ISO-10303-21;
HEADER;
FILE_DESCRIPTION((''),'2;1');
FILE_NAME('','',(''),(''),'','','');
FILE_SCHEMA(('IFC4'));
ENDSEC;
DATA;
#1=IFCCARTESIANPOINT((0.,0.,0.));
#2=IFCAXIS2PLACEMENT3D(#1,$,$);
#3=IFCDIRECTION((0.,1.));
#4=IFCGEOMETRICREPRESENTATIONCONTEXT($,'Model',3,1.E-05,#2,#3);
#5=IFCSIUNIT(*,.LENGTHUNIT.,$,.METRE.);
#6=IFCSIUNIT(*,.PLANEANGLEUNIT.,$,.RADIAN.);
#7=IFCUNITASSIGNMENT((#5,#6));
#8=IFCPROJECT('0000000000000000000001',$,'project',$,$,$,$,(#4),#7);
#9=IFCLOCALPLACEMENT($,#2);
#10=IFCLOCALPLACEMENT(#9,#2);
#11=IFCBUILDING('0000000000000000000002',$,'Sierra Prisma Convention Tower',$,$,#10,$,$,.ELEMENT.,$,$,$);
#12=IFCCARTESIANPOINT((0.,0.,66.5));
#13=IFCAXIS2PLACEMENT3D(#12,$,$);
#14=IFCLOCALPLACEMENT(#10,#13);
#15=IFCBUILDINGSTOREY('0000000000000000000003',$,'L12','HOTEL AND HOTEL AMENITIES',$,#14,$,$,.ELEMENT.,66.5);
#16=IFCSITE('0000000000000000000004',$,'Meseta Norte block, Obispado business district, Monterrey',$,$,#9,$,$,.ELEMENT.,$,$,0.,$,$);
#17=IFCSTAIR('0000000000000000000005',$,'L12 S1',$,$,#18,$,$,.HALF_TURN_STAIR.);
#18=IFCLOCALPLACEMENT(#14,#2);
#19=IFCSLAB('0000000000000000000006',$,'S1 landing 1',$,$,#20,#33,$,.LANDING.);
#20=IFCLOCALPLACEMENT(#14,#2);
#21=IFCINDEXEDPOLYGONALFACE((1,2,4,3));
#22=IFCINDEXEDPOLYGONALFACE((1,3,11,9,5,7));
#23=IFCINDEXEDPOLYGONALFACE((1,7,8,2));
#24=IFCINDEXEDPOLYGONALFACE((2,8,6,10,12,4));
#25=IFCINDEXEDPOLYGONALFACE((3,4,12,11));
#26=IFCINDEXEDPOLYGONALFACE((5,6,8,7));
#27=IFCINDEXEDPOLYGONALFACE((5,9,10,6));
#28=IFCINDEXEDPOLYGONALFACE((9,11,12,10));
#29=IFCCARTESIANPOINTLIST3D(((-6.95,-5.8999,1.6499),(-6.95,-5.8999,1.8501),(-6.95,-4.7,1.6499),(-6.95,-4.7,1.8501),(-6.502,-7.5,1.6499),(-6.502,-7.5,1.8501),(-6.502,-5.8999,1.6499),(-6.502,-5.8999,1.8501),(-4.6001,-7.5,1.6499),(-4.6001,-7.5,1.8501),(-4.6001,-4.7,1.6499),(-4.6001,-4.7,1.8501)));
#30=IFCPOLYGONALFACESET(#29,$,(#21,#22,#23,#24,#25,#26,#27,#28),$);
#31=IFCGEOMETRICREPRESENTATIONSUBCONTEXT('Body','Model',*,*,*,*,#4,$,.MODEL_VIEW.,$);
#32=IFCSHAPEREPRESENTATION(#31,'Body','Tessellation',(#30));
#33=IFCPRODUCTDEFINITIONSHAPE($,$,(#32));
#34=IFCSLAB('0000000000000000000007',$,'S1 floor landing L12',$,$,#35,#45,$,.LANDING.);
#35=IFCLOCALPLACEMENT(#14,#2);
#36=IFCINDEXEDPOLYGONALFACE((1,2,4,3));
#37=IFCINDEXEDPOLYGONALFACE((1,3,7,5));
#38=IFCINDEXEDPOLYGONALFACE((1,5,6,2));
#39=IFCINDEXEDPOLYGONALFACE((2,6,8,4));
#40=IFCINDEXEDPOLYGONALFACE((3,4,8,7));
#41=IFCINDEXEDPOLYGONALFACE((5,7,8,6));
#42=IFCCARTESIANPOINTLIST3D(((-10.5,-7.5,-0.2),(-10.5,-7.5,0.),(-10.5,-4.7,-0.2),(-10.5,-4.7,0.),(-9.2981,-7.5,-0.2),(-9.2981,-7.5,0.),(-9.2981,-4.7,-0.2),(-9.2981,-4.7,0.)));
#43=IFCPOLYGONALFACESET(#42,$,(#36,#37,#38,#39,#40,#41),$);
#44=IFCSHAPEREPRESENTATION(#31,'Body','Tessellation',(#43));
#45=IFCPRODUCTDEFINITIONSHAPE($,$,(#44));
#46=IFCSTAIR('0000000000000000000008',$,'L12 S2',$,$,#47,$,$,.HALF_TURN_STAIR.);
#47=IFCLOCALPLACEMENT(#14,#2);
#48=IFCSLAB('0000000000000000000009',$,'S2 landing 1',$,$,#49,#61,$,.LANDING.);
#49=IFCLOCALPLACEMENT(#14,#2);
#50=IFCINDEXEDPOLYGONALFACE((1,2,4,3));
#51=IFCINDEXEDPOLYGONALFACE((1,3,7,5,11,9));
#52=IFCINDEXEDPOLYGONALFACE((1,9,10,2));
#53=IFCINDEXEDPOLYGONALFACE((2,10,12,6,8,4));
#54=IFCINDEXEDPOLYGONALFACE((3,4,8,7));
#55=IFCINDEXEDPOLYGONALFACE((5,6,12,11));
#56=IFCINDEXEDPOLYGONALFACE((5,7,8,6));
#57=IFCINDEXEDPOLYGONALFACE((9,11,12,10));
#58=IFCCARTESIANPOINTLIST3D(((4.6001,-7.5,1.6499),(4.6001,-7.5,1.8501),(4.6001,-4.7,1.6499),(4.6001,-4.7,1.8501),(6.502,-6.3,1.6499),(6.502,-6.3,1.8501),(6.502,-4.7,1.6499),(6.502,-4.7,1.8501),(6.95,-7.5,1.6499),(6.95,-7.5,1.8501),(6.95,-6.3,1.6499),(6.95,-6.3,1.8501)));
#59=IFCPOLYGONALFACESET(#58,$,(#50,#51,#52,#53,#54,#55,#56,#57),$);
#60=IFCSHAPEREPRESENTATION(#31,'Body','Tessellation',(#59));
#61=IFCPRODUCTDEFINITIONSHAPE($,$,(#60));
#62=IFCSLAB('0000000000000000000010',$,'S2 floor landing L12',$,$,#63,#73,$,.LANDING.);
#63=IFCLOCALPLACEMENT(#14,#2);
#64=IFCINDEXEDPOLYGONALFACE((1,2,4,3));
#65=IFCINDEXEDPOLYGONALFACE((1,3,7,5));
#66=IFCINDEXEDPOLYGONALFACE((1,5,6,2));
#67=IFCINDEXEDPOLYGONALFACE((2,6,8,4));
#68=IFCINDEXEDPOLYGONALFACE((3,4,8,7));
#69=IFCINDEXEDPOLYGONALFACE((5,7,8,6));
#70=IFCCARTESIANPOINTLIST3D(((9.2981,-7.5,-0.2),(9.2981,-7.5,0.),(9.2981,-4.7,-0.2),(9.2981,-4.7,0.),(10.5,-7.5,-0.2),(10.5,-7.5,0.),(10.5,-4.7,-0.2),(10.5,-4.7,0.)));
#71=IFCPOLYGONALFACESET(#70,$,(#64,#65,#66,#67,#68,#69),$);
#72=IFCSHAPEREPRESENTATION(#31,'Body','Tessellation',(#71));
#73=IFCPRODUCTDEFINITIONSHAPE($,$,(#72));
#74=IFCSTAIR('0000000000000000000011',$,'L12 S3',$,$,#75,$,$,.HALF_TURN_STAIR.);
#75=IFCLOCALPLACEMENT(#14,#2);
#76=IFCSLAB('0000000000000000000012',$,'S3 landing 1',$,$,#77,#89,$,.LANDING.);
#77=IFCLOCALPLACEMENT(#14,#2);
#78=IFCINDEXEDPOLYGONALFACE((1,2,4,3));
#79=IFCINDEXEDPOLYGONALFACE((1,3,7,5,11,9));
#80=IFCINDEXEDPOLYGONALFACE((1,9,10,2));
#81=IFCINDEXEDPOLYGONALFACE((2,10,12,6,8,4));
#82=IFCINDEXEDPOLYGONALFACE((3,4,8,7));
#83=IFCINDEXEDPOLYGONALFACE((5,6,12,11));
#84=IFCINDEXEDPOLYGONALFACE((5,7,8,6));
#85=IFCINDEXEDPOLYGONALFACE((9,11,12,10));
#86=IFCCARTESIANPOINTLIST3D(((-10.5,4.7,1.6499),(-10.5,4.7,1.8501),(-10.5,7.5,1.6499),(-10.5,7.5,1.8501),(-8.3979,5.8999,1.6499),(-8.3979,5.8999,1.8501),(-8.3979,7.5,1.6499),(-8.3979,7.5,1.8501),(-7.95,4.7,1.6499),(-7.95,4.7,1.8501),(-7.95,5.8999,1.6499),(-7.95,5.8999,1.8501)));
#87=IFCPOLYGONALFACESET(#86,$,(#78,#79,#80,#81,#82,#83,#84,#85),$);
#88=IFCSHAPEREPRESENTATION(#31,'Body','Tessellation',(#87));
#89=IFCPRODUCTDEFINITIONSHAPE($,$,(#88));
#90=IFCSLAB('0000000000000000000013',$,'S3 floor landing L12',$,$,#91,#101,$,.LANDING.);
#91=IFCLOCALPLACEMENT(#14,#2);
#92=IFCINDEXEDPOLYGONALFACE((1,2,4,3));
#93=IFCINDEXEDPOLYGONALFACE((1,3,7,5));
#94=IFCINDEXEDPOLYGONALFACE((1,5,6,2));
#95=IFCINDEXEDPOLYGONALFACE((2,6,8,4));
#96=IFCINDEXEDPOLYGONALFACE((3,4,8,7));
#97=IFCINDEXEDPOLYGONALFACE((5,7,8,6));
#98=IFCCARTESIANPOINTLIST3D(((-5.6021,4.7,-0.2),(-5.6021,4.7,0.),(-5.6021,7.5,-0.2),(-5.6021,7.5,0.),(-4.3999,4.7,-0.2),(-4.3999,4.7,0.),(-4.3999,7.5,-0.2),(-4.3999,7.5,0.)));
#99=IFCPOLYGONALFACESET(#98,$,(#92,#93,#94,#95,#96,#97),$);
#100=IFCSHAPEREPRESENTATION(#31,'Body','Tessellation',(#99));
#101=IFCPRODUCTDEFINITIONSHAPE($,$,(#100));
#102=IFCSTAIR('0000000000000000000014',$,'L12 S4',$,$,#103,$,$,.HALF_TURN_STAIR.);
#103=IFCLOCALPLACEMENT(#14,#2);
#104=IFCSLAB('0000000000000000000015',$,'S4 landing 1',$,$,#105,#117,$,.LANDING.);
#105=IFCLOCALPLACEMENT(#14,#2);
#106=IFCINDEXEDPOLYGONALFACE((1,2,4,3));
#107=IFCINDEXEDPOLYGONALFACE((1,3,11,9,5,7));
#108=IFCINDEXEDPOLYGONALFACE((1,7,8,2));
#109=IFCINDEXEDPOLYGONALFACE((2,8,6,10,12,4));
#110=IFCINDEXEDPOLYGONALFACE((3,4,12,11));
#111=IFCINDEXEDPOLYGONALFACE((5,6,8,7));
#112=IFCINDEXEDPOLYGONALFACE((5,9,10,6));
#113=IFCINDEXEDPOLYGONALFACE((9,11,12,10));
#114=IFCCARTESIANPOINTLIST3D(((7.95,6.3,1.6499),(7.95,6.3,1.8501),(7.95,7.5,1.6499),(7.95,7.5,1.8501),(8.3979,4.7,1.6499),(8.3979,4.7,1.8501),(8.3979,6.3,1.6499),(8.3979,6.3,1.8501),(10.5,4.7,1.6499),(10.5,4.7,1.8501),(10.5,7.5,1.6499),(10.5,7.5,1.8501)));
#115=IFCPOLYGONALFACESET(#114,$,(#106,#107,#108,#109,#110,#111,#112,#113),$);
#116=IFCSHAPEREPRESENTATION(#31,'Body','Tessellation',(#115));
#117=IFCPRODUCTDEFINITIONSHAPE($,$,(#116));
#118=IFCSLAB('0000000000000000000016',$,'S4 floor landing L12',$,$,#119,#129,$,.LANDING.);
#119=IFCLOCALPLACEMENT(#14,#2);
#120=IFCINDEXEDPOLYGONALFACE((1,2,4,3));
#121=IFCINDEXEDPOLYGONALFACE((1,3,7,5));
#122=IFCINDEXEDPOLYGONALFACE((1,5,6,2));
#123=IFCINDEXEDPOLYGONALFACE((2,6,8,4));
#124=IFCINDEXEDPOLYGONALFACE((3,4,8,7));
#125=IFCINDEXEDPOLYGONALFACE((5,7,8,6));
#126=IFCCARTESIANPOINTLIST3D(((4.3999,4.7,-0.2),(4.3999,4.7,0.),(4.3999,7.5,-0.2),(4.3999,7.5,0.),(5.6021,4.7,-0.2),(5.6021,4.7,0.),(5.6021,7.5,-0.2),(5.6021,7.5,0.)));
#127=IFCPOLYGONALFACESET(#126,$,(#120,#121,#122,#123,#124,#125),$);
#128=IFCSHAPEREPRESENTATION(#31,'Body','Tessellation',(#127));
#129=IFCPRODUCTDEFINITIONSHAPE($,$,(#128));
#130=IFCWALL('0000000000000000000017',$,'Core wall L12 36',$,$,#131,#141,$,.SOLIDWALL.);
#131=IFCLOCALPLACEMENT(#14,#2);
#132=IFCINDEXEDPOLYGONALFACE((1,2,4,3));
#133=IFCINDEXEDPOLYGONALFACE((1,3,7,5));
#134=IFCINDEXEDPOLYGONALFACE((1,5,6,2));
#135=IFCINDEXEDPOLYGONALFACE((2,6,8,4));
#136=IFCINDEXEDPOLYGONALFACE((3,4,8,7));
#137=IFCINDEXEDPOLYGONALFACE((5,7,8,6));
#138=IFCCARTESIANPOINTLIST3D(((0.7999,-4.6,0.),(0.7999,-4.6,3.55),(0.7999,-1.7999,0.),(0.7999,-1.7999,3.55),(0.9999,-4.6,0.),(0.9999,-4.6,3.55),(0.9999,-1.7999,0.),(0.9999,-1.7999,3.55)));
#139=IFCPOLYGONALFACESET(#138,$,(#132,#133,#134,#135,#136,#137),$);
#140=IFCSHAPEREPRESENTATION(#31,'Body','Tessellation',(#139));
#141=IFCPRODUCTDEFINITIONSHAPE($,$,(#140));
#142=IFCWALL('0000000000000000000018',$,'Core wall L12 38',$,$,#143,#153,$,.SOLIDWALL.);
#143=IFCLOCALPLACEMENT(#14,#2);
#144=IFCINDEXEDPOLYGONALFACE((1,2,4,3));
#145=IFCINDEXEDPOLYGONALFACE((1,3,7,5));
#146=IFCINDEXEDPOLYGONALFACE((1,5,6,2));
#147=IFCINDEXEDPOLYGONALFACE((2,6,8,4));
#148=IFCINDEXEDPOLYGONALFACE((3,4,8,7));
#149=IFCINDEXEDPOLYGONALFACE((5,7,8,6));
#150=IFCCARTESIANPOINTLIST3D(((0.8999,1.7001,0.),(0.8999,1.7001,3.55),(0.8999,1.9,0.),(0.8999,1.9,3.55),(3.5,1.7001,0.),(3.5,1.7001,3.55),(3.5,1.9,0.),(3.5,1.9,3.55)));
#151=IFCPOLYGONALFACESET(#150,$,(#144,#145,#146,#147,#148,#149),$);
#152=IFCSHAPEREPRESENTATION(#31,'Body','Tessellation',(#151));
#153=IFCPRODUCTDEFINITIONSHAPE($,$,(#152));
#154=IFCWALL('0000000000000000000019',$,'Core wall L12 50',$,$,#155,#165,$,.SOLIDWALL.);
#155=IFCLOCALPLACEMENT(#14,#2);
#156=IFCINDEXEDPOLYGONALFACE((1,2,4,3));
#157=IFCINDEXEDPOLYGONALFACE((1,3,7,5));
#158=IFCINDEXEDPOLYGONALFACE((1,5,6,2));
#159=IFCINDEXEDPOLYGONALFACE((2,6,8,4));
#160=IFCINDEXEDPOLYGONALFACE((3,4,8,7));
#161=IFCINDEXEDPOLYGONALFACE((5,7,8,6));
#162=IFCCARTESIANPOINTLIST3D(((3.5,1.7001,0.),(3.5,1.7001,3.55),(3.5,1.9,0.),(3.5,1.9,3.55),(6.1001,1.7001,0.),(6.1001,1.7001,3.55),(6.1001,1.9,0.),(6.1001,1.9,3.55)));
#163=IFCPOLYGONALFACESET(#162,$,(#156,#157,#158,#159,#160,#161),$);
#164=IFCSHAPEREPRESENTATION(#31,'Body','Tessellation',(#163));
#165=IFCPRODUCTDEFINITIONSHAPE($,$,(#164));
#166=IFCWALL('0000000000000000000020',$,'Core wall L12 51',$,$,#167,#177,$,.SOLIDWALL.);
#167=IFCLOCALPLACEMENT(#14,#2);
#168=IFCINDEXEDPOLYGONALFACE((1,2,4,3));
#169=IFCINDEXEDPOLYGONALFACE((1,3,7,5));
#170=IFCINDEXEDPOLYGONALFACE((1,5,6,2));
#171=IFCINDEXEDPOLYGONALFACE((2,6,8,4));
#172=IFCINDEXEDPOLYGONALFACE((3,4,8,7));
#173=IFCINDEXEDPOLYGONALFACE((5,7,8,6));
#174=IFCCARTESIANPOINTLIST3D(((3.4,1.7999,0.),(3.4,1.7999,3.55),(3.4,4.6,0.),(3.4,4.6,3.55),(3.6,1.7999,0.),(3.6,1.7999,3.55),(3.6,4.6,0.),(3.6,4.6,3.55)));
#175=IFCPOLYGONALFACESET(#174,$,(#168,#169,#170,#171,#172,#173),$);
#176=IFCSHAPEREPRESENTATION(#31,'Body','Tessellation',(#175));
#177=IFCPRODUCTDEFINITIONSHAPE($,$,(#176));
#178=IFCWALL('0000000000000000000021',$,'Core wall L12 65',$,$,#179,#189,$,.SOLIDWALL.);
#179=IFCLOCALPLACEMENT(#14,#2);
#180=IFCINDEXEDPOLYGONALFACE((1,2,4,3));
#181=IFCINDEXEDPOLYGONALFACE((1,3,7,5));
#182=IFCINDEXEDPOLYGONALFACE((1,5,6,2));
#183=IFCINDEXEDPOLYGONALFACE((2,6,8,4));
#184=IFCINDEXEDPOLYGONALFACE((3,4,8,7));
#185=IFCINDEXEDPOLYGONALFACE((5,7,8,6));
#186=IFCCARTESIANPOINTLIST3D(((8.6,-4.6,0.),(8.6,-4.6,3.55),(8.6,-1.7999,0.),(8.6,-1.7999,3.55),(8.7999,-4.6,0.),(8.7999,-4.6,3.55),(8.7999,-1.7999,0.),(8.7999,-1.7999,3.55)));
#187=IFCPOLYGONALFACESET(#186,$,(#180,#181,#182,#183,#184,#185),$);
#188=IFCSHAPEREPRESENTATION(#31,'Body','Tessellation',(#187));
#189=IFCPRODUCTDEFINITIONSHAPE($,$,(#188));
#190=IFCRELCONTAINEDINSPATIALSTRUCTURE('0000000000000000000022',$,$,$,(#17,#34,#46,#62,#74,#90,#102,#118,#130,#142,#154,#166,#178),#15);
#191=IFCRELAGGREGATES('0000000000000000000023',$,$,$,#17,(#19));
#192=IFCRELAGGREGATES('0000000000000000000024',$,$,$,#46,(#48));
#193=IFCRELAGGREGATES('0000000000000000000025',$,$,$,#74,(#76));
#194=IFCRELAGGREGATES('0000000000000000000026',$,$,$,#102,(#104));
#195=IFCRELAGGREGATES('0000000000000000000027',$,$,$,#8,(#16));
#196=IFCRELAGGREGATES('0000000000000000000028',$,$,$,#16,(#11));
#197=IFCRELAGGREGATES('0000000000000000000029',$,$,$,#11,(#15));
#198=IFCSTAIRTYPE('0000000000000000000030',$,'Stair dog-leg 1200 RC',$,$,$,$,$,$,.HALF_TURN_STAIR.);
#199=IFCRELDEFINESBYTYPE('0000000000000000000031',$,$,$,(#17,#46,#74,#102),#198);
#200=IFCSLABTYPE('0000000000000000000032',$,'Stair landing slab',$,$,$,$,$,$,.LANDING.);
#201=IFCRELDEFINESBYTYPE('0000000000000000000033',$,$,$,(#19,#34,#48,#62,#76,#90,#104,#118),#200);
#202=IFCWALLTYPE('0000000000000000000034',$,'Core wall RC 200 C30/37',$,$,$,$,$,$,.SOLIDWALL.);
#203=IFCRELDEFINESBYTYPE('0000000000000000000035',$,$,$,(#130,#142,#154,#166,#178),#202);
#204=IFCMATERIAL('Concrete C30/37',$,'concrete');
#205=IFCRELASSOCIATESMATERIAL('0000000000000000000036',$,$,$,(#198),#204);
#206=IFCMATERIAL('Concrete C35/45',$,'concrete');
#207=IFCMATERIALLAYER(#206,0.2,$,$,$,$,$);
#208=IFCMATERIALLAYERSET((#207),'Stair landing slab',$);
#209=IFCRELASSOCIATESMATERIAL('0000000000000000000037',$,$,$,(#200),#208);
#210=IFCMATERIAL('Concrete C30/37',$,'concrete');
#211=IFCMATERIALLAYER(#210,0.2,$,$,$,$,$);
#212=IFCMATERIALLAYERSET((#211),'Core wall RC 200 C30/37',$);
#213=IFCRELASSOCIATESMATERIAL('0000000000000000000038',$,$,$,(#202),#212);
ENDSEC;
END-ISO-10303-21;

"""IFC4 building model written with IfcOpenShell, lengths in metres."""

from ifc_helpers import new_model, si_unit, direction, frame, frame_2d, origin, place, context, subcontext, project, spatial, polyline, rectangle, outline, extrude, material, layer, layer_set, type_object, element, aggregate, save


model = new_model("IFC4")

# Units and contexts
model_context = context("Model", 3, precision=1e-05, world=origin(), true_north=direction((0.0, 1.0)))
body_context = subcontext(model_context, "Body", "Model", "MODEL_VIEW")
ifc_project = project(units=[si_unit("LENGTHUNIT", "METRE"), si_unit("PLANEANGLEUNIT", "RADIAN")], contexts=[model_context])

# Site, building, storey
site_placement = place(None, origin())
site = spatial("IfcSite", under=ifc_project, at=site_placement, Name="Meseta Norte block, Obispado business district, Monterrey", CompositionType="ELEMENT", RefElevation=0.0)
building_placement = place(site_placement, origin())
building = spatial("IfcBuilding", under=site, at=building_placement, Name="Sierra Prisma Convention Tower", CompositionType="ELEMENT")
storey_placement = place(building_placement, frame((0.0, 0.0, 66.5)))
storey = spatial("IfcBuildingStorey", under=building, at=storey_placement, Name="L12", Description="HOTEL AND HOTEL AMENITIES", CompositionType="ELEMENT", Elevation=66.5)

# Stair, slab
ifc_material_1 = material(Name="Concrete C30/37", Category="concrete")
stair_type = type_object("IfcStairType", Name="Stair dog-leg 1200 RC", PredefinedType="HALF_TURN_STAIR", material=ifc_material_1)
stair_1_placement = place(storey_placement, origin())
stair_1 = element("IfcStair", 1, at=stair_1_placement, inside=storey, type_object=stair_type, Name="L12 S1", PredefinedType="HALF_TURN_STAIR")
ifc_material_2 = material(Name="Concrete C35/45", Category="concrete")
ifc_layer_1 = layer(ifc_material_2, 0.2)
ifc_layer_set_1 = layer_set([ifc_layer_1], Name="Stair landing slab")
slab_type = type_object("IfcSlabType", Name="Stair landing slab", PredefinedType="LANDING", material=ifc_layer_set_1)
slab_1_placement = place(storey_placement, frame((0.0, 0.0, 1.6499)))
slab_1 = element("IfcSlab", 2, at=slab_1_placement, type_object=slab_type, Name="S1 landing 1", PredefinedType="LANDING", context=body_context, shape_type="SweptSolid", body=[
    extrude(outline(polyline([(-4.6001, -4.7), (-4.6001, -7.5), (-6.502, -7.5), (-6.502, -5.8999), (-6.95, -5.8999), (-6.95, -4.7), (-4.6001, -4.7)])), origin(), (0.0, 0.0, 1.0), 0.2002),
])
aggregate(stair_1, [slab_1])

# Slab
slab_2_placement = place(storey_placement, frame((0.0, 0.0, -0.2)))
element("IfcSlab", 3, at=slab_2_placement, inside=storey, type_object=slab_type, Name="S1 floor landing L12", PredefinedType="LANDING", context=body_context, shape_type="SweptSolid", body=[
    extrude(outline(polyline([(-10.5, -7.5), (-9.2981, -7.5), (-9.2981, -4.7), (-10.5, -4.7), (-10.5, -7.5)])), origin(), (0.0, 0.0, 1.0), 0.2),
])

# Stair, slab
stair_2_placement = place(storey_placement, origin())
stair_2 = element("IfcStair", 4, at=stair_2_placement, inside=storey, type_object=stair_type, Name="L12 S2", PredefinedType="HALF_TURN_STAIR")
slab_3_placement = place(storey_placement, frame((0.0, 0.0, 1.6499)))
slab_3 = element("IfcSlab", 5, at=slab_3_placement, type_object=slab_type, Name="S2 landing 1", PredefinedType="LANDING", context=body_context, shape_type="SweptSolid", body=[
    extrude(outline(polyline([(6.95, -6.3), (6.95, -7.5), (4.6001, -7.5), (4.6001, -4.7), (6.502, -4.7), (6.502, -6.3), (6.95, -6.3)])), origin(), (0.0, 0.0, 1.0), 0.2002),
])
aggregate(stair_2, [slab_3])

# Slab
slab_4_placement = place(storey_placement, frame((0.0, 0.0, -0.2)))
element("IfcSlab", 6, at=slab_4_placement, inside=storey, type_object=slab_type, Name="S2 floor landing L12", PredefinedType="LANDING", context=body_context, shape_type="SweptSolid", body=[
    extrude(outline(polyline([(10.5, -4.7), (9.2981, -4.7), (9.2981, -7.5), (10.5, -7.5), (10.5, -4.7)])), origin(), (0.0, 0.0, 1.0), 0.2),
])

# Stair, slab
stair_3_placement = place(storey_placement, origin())
stair_3 = element("IfcStair", 7, at=stair_3_placement, inside=storey, type_object=stair_type, Name="L12 S3", PredefinedType="HALF_TURN_STAIR")
slab_5_placement = place(storey_placement, frame((0.0, 0.0, 1.6499)))
slab_5 = element("IfcSlab", 8, at=slab_5_placement, type_object=slab_type, Name="S3 landing 1", PredefinedType="LANDING", context=body_context, shape_type="SweptSolid", body=[
    extrude(outline(polyline([(-7.95, 5.8999), (-7.95, 4.7), (-10.5, 4.7), (-10.5, 7.5), (-8.3979, 7.5), (-8.3979, 5.8999), (-7.95, 5.8999)])), origin(), (0.0, 0.0, 1.0), 0.2002),
])
aggregate(stair_3, [slab_5])

# Slab
slab_6_placement = place(storey_placement, frame((0.0, 0.0, -0.2)))
element("IfcSlab", 9, at=slab_6_placement, inside=storey, type_object=slab_type, Name="S3 floor landing L12", PredefinedType="LANDING", context=body_context, shape_type="SweptSolid", body=[
    extrude(outline(polyline([(-4.3999, 7.5), (-5.6021, 7.5), (-5.6021, 4.7), (-4.3999, 4.7), (-4.3999, 7.5)])), origin(), (0.0, 0.0, 1.0), 0.2),
])

# Stair, slab
stair_4_placement = place(storey_placement, origin())
stair_4 = element("IfcStair", 10, at=stair_4_placement, inside=storey, type_object=stair_type, Name="L12 S4", PredefinedType="HALF_TURN_STAIR")
slab_7_placement = place(storey_placement, frame((0.0, 0.0, 1.6499)))
slab_7 = element("IfcSlab", 11, at=slab_7_placement, type_object=slab_type, Name="S4 landing 1", PredefinedType="LANDING", context=body_context, shape_type="SweptSolid", body=[
    extrude(outline(polyline([(10.5, 7.5), (10.5, 4.7), (8.3979, 4.7), (8.3979, 6.3), (7.95, 6.3), (7.95, 7.5), (10.5, 7.5)])), origin(), (0.0, 0.0, 1.0), 0.2002),
])
aggregate(stair_4, [slab_7])

# Slab
slab_8_placement = place(storey_placement, frame((0.0, 0.0, -0.2)))
element("IfcSlab", 12, at=slab_8_placement, inside=storey, type_object=slab_type, Name="S4 floor landing L12", PredefinedType="LANDING", context=body_context, shape_type="SweptSolid", body=[
    extrude(outline(polyline([(4.3999, 4.7), (5.6021, 4.7), (5.6021, 7.5), (4.3999, 7.5), (4.3999, 4.7)])), origin(), (0.0, 0.0, 1.0), 0.2),
])

# Shared definitions
ifc_material_3 = material(Name="Concrete C30/37", Category="concrete")
ifc_layer_2 = layer(ifc_material_3, 0.2)
ifc_layer_set_2 = layer_set([ifc_layer_2], Name="Core wall RC 200 C30/37")
wall_type = type_object("IfcWallType", Name="Core wall RC 200 C30/37", PredefinedType="SOLIDWALL", material=ifc_layer_set_2)

# Walls
wall_1_placement = place(storey_placement, frame((0.8999, -1.8, 0.0), z_axis=(0.0, 0.0, 1.0), x_axis=(0.0, -1.0, 0.0)))
element("IfcWall", 13, at=wall_1_placement, inside=storey, type_object=wall_type, Name="Core wall L12 36", PredefinedType="SOLIDWALL", context=body_context, shape_type="SweptSolid", body=[
    extrude(rectangle(XDim=2.8, YDim=0.2, at=frame_2d((1.3999, 0.0))), origin(), (0.0, 0.0, 1.0), 3.55),
])
wall_2_placement = place(storey_placement, frame((3.5, 1.8, 0.0), z_axis=(0.0, 0.0, 1.0), x_axis=(-1.0, 0.0, 0.0)))
element("IfcWall", 14, at=wall_2_placement, inside=storey, type_object=wall_type, Name="Core wall L12 38", PredefinedType="SOLIDWALL", context=body_context, shape_type="SweptSolid", body=[
    extrude(rectangle(XDim=2.6001, YDim=0.2, at=frame_2d((1.3, 0.0))), origin(), (0.0, 0.0, 1.0), 3.55),
])

# Walls
wall_3_placement = place(storey_placement, frame((6.1001, 1.8, 0.0), z_axis=(0.0, 0.0, 1.0), x_axis=(-1.0, 0.0, 0.0)))
element("IfcWall", 15, at=wall_3_placement, inside=storey, type_object=wall_type, Name="Core wall L12 50", PredefinedType="SOLIDWALL", context=body_context, shape_type="SweptSolid", body=[
    extrude(rectangle(XDim=2.6001, YDim=0.2, at=frame_2d((1.3, 0.0))), origin(), (0.0, 0.0, 1.0), 3.55),
])
wall_4_placement = place(storey_placement, frame((3.5, 1.8, 0.0), z_axis=(0.0, 0.0, 1.0), x_axis=(0.0, 1.0, 0.0)))
element("IfcWall", 16, at=wall_4_placement, inside=storey, type_object=wall_type, Name="Core wall L12 51", PredefinedType="SOLIDWALL", context=body_context, shape_type="SweptSolid", body=[
    extrude(rectangle(XDim=2.8, YDim=0.2, at=frame_2d((1.3999, 0.0))), origin(), (0.0, 0.0, 1.0), 3.55),
])

# Wall
wall_5_placement = place(storey_placement, frame((8.7, -1.8, 0.0), z_axis=(0.0, 0.0, 1.0), x_axis=(0.0, -1.0, 0.0)))
element("IfcWall", 17, at=wall_5_placement, inside=storey, type_object=wall_type, Name="Core wall L12 65", PredefinedType="SOLIDWALL", context=body_context, shape_type="SweptSolid", body=[
    extrude(rectangle(XDim=2.8, YDim=0.2, at=frame_2d((1.3999, 0.0))), origin(), (0.0, 0.0, 1.0), 3.55),
])

save(model, "model.ifc")
